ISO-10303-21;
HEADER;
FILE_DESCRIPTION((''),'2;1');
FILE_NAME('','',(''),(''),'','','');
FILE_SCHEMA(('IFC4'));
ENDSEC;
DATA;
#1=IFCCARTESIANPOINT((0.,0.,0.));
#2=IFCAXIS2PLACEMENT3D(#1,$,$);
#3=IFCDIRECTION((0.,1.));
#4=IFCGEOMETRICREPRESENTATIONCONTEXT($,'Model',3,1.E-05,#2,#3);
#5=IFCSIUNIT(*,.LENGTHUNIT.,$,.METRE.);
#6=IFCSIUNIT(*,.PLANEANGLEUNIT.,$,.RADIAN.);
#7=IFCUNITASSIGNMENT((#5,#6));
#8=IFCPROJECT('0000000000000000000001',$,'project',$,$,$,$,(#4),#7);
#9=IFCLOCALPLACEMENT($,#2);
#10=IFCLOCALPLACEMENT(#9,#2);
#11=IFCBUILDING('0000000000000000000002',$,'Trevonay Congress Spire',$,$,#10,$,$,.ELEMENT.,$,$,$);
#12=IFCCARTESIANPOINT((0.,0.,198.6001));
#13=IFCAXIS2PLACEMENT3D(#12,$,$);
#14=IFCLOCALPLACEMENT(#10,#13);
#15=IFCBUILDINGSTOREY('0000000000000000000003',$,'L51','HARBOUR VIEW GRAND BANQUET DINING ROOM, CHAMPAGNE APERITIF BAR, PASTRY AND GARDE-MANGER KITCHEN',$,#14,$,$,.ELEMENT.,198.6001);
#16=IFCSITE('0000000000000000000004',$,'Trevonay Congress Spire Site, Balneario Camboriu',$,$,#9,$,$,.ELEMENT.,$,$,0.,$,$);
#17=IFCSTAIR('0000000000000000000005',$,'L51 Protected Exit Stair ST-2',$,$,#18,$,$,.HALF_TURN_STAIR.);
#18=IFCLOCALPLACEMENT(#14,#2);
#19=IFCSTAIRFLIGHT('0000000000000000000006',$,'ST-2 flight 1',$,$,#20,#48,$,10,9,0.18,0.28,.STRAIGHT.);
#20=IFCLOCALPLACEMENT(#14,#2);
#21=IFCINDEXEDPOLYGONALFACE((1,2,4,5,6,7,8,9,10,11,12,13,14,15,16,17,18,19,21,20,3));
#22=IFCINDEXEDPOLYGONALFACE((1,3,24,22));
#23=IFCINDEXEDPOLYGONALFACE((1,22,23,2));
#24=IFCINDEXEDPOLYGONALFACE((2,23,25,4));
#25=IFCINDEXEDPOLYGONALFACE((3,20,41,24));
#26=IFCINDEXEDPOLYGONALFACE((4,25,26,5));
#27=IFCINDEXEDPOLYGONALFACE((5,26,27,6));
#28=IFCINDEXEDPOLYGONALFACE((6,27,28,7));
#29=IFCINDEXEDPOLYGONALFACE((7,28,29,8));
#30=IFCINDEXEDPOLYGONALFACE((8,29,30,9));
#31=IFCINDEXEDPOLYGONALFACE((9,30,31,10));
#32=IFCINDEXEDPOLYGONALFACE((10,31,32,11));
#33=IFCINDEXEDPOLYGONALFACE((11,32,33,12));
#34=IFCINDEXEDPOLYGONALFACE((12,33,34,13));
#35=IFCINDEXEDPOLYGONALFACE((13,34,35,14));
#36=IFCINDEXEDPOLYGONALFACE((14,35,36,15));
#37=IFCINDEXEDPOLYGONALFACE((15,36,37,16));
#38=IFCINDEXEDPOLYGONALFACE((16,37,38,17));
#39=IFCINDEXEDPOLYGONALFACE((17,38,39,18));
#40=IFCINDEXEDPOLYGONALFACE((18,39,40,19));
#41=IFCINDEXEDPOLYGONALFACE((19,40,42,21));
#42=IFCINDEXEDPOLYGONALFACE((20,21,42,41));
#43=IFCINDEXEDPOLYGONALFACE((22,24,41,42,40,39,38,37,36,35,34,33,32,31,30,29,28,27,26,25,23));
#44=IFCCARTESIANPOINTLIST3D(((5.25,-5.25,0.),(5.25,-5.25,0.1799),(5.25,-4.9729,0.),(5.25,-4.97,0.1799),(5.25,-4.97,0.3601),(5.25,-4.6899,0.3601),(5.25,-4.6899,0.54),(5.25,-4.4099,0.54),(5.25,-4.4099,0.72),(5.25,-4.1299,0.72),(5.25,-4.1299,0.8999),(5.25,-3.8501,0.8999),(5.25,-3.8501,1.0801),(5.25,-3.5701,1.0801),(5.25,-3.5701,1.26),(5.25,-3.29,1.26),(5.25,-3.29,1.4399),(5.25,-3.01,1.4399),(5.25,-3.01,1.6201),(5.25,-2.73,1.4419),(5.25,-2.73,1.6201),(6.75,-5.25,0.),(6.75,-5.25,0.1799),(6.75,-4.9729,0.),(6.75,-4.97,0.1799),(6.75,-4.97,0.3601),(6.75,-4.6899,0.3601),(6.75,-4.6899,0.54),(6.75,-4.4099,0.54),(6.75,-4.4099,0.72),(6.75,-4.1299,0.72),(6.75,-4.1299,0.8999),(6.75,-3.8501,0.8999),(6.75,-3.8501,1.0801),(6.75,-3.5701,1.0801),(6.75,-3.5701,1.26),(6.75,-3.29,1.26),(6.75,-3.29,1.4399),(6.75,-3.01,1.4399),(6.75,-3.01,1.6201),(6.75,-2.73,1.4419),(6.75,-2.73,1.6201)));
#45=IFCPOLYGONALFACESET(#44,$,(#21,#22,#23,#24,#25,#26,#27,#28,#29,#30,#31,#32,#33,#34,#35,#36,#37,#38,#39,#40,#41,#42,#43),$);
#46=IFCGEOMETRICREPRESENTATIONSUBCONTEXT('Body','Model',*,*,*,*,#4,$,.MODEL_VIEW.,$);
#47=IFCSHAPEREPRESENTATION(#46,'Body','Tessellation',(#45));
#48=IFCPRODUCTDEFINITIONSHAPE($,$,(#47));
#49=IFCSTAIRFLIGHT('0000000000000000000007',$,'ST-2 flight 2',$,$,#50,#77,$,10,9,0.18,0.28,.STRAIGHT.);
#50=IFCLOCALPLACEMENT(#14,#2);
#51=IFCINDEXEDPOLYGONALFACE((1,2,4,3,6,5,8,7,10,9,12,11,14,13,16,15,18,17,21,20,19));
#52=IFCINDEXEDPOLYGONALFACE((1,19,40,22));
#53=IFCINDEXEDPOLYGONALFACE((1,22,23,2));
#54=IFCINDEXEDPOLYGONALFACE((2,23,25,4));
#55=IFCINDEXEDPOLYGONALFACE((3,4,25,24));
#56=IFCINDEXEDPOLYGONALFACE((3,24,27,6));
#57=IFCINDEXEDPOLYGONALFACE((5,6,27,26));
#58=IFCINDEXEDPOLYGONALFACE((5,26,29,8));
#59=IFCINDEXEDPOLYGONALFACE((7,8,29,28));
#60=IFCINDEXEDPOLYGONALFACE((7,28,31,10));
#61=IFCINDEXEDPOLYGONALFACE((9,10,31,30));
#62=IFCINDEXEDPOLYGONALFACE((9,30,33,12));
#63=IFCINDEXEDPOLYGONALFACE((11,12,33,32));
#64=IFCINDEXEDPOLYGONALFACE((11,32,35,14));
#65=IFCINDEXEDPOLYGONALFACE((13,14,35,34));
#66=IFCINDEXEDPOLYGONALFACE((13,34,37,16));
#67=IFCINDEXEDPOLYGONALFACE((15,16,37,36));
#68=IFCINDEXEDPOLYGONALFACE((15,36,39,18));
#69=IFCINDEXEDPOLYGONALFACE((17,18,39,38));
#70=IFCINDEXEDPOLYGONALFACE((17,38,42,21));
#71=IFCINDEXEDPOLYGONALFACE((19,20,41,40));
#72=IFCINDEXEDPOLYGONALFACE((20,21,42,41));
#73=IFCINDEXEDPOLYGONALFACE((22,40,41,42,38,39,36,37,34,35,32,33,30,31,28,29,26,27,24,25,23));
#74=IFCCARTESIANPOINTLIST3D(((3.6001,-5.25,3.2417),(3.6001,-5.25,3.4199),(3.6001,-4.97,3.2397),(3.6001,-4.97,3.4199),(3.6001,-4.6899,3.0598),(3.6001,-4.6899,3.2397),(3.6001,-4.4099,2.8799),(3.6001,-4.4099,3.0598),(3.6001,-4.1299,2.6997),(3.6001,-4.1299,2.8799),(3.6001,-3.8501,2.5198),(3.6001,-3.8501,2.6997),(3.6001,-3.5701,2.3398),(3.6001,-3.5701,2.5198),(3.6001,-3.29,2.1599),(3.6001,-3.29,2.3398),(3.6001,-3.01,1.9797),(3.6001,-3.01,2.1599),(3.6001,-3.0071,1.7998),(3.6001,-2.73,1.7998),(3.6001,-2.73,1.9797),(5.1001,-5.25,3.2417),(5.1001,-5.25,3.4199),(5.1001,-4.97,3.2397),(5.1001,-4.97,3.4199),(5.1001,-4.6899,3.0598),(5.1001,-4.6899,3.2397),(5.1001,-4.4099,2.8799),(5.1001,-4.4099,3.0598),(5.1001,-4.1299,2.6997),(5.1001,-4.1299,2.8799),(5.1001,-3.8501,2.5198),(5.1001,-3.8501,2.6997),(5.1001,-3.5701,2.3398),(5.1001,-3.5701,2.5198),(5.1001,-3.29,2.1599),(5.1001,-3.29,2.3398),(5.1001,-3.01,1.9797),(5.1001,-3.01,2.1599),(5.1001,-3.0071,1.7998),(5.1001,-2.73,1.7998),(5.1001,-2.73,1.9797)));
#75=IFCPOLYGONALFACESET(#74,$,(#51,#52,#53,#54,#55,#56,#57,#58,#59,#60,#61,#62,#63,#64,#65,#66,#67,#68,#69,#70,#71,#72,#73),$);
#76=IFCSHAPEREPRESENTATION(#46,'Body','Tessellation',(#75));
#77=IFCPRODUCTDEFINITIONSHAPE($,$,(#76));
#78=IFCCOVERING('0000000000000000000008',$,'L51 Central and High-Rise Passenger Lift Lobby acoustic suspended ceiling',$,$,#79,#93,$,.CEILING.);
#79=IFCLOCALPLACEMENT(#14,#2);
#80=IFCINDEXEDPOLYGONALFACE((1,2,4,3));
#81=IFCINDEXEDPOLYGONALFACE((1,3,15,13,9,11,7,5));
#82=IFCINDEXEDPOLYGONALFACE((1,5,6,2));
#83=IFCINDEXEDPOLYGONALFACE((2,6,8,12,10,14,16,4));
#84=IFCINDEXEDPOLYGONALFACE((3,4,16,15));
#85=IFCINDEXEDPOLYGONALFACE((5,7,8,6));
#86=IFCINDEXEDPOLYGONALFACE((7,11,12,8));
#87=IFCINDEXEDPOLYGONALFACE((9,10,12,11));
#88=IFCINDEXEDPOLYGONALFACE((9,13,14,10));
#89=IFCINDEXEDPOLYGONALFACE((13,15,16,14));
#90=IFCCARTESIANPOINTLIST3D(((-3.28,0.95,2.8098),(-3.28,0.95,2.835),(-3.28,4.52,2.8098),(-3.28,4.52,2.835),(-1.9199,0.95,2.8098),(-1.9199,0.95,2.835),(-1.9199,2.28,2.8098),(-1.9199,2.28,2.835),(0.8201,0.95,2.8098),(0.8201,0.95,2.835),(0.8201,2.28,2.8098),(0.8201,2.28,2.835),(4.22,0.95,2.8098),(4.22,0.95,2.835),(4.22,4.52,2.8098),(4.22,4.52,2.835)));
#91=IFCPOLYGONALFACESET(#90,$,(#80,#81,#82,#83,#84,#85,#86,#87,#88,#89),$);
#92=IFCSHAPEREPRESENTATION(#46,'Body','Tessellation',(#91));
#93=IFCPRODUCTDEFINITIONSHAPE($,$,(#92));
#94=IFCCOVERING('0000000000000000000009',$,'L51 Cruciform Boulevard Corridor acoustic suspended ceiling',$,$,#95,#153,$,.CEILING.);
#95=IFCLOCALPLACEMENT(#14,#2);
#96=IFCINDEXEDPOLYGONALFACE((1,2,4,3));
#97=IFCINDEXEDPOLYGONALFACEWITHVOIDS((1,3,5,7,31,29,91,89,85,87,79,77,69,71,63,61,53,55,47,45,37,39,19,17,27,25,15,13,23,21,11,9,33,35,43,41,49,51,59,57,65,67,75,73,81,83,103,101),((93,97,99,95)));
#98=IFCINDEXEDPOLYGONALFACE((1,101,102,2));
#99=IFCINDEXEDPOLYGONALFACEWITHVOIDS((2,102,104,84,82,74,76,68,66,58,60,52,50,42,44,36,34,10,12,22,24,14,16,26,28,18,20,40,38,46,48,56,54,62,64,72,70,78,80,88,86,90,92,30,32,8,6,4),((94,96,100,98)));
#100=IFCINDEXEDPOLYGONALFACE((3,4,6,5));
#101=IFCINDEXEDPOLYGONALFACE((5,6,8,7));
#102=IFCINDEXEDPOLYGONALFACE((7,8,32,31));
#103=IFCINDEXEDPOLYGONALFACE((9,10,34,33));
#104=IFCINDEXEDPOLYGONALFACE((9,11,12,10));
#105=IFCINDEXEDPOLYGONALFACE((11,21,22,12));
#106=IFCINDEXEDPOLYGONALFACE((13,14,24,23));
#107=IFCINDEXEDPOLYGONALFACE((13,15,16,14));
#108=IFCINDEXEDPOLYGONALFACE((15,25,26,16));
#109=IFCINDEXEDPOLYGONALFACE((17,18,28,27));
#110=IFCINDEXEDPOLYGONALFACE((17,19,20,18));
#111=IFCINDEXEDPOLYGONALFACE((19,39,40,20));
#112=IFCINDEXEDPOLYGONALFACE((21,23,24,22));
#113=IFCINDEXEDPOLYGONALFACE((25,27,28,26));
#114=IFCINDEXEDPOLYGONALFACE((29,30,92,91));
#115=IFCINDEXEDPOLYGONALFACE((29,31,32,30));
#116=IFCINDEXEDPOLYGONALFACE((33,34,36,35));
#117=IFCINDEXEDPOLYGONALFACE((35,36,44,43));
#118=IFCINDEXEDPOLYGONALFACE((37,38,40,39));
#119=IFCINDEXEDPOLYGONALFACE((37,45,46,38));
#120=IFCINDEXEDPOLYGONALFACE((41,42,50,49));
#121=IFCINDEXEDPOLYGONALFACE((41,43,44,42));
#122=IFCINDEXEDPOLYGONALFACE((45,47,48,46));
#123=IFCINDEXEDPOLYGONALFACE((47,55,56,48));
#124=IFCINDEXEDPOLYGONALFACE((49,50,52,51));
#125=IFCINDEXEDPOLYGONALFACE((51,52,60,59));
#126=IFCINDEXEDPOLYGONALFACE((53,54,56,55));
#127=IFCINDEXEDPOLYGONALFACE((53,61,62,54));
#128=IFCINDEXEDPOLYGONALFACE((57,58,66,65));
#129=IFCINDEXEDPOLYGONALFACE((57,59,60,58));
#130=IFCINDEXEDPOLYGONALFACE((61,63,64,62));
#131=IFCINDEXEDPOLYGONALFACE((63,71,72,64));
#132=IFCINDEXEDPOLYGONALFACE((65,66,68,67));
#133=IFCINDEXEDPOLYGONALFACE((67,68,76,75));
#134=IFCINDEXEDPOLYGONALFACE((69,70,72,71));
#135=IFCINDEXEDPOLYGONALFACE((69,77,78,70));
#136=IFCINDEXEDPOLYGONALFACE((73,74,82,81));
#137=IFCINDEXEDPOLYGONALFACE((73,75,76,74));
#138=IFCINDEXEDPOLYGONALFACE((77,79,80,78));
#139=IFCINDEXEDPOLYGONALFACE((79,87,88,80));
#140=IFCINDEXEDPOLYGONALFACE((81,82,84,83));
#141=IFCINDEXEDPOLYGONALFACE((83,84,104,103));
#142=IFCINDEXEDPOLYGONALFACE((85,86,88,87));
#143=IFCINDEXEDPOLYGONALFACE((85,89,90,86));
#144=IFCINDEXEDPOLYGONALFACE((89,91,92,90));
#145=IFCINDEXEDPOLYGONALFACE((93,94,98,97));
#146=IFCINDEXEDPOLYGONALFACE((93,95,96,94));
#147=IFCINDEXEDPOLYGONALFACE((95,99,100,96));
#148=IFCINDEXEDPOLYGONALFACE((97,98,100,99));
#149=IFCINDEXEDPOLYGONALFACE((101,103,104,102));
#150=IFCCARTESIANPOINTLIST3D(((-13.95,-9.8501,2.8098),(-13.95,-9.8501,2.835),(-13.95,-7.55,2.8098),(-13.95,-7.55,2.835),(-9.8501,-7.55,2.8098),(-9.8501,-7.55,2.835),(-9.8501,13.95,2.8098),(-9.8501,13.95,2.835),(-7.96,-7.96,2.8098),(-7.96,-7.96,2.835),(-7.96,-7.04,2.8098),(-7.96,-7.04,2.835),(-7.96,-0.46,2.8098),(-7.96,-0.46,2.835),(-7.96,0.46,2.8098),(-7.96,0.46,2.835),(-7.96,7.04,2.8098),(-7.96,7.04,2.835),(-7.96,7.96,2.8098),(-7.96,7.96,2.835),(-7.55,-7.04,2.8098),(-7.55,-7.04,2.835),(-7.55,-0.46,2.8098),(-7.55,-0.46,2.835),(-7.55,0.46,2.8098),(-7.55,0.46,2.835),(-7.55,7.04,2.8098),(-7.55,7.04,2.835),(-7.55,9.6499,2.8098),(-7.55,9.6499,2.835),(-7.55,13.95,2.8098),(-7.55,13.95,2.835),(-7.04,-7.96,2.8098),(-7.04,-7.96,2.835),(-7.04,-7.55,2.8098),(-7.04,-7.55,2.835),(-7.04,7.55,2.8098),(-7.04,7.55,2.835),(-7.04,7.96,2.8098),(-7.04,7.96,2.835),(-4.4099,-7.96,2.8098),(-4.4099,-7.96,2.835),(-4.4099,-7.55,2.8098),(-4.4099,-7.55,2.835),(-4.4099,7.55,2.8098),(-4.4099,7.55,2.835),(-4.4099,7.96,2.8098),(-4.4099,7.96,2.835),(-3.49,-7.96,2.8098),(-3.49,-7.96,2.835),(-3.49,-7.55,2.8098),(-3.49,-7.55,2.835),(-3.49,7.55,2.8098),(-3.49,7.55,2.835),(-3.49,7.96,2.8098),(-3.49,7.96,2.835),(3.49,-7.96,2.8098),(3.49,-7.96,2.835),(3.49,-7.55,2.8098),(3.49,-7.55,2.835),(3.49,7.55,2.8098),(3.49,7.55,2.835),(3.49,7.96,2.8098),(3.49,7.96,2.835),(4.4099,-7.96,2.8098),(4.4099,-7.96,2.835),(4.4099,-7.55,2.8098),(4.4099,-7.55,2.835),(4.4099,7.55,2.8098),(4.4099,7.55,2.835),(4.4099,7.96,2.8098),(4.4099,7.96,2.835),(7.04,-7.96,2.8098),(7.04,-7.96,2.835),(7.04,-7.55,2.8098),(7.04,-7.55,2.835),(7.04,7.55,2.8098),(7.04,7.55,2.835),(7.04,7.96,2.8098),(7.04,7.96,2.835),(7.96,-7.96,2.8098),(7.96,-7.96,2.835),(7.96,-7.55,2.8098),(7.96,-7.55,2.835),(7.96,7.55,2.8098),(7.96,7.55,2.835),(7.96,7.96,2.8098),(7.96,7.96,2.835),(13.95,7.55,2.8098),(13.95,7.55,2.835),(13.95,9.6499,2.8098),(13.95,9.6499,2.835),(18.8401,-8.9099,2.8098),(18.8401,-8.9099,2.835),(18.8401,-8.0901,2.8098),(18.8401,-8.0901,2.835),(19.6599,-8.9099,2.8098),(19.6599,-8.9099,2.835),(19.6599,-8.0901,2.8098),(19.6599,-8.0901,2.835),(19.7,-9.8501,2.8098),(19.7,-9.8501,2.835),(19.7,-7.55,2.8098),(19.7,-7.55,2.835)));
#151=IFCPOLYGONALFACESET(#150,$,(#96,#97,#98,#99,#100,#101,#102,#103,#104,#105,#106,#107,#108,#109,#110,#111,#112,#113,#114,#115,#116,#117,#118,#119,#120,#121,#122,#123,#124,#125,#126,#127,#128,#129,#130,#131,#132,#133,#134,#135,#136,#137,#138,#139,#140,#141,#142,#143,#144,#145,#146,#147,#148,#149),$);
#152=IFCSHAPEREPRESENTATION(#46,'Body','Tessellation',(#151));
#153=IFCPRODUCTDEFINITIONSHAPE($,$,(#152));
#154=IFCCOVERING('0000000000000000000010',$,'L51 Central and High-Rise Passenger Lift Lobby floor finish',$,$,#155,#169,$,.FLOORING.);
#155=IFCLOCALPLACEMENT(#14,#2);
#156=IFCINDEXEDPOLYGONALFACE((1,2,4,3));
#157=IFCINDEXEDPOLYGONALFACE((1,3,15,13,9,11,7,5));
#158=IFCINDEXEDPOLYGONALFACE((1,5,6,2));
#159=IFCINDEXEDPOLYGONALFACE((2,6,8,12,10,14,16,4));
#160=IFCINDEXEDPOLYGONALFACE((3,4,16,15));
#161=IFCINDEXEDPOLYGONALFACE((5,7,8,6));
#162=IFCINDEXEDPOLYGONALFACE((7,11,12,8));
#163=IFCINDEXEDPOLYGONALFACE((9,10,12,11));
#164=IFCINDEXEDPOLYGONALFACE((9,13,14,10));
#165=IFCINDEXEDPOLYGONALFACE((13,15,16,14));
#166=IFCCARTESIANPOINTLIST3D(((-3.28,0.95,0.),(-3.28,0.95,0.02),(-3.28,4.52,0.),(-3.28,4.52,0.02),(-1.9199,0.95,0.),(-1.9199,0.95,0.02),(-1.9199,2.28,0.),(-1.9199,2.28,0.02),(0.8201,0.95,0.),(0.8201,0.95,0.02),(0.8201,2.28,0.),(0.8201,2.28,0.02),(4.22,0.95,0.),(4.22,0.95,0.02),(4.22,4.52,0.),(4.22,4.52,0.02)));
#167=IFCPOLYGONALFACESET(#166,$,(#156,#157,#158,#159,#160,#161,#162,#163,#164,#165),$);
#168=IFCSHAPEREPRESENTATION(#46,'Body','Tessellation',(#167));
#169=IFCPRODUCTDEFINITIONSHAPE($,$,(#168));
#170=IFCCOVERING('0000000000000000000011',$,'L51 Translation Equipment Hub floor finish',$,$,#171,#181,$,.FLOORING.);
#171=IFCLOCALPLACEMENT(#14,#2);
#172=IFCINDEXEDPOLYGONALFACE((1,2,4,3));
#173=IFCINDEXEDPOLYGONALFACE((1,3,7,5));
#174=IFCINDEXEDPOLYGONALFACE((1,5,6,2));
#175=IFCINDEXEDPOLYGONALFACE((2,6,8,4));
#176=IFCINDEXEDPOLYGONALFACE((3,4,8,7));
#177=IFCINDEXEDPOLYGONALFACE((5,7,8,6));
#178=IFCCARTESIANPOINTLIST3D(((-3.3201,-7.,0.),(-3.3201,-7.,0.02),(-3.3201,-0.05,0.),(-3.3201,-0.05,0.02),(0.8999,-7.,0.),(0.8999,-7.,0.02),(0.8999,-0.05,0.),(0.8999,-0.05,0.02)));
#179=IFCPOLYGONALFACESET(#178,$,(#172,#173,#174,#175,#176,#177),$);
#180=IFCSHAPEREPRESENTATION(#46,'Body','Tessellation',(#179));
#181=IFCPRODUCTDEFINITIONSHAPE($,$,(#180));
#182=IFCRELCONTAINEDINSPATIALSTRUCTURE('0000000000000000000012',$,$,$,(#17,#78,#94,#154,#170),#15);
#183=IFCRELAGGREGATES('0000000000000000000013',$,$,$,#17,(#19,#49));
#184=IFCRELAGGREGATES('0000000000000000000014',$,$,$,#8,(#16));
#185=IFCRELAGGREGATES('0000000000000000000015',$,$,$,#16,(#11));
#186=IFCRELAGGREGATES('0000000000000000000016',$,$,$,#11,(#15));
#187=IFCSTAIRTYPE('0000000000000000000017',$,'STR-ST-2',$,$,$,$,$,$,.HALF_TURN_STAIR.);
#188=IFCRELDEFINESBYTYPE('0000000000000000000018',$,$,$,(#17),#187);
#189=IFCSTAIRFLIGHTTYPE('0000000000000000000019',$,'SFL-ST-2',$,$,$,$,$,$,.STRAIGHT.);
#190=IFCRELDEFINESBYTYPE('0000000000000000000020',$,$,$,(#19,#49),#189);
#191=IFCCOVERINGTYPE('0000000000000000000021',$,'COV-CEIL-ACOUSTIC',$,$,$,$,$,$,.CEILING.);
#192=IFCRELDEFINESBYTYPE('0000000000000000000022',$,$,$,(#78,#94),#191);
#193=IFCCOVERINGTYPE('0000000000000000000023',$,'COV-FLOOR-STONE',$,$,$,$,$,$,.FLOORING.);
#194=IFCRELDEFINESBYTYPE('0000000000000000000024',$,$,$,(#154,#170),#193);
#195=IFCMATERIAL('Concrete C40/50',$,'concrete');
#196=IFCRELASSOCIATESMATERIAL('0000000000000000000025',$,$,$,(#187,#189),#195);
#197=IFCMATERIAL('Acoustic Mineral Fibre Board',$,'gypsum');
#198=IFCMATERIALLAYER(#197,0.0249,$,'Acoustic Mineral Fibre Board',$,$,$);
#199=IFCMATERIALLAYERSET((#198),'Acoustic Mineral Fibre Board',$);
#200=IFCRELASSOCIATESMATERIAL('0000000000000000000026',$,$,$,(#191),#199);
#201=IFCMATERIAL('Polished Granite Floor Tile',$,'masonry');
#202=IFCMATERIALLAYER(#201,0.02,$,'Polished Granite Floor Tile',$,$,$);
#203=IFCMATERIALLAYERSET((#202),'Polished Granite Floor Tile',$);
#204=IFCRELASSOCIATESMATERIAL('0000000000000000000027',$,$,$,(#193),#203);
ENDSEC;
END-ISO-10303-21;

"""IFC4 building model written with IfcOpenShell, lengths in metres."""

from ifc_helpers import new_model, si_unit, direction, frame, origin, place, context, subcontext, project, spatial, polyline, outline, extrude, material, layer, layer_set, type_object, element, aggregate, save


model = new_model("IFC4")

# Units and contexts
model_context = context("Model", 3, precision=1e-05, world=origin(), true_north=direction((0.0, 1.0)))
body_context = subcontext(model_context, "Body", "Model", "MODEL_VIEW")
ifc_project = project(units=[si_unit("LENGTHUNIT", "METRE"), si_unit("PLANEANGLEUNIT", "RADIAN")], contexts=[model_context])

# Site, building, storey
site_placement = place(None, origin())
site = spatial("IfcSite", under=ifc_project, at=site_placement, Name="Trevonay Congress Spire Site, Balneario Camboriu", CompositionType="ELEMENT", RefElevation=0.0)
building_placement = place(site_placement, origin())
building = spatial("IfcBuilding", under=site, at=building_placement, Name="Trevonay Congress Spire", CompositionType="ELEMENT")
storey_placement = place(building_placement, frame((0.0, 0.0, 198.6001)))
storey = spatial("IfcBuildingStorey", under=building, at=storey_placement, Name="L51", Description="HARBOUR VIEW GRAND BANQUET DINING ROOM, CHAMPAGNE APERITIF BAR, PASTRY AND GARDE-MANGER KITCHEN", CompositionType="ELEMENT", Elevation=198.6001)

# Shared definitions
ifc_material_1 = material(Name="Concrete C40/50", Category="concrete")

# Stair, stair flights
stair_type = type_object("IfcStairType", Name="STR-ST-2", PredefinedType="HALF_TURN_STAIR", material=ifc_material_1)
stair_placement = place(storey_placement, origin())
stair = element("IfcStair", 1, at=stair_placement, inside=storey, type_object=stair_type, Name="L51 Protected Exit Stair ST-2", PredefinedType="HALF_TURN_STAIR")
stair_flight_type = type_object("IfcStairFlightType", Name="SFL-ST-2", PredefinedType="STRAIGHT", material=ifc_material_1)
stair_flight_1_placement = place(storey_placement, frame((6.0, -5.25, 0.0), z_axis=(0.0, 0.0, 1.0), x_axis=(0.0, 1.0, 0.0)))
stair_flight_1 = element("IfcStairFlight", 2, at=stair_flight_1_placement, type_object=stair_flight_type, Name="ST-2 flight 1", NumberOfRisers=10, NumberOfTreads=9, PredefinedType="STRAIGHT", RiserHeight=0.18, TreadLength=0.28, context=body_context, shape_type="SweptSolid", body=[
    extrude(outline(polyline([(0.0, 0.0), (0.0, 0.1799), (0.28, 0.1799), (0.28, 0.3601), (0.5601, 0.3601), (0.5601, 0.54), (0.8401, 0.54), (0.8401, 0.72), (1.1201, 0.72), (1.1201, 0.8999), (1.3999, 0.8999), (1.3999, 1.0801), (1.6799, 1.0801), (1.6799, 1.26), (1.96, 1.26), (1.96, 1.4399), (2.24, 1.4399), (2.24, 1.6201), (2.52, 1.6201), (2.52, 1.8), (2.52, 1.4419), (0.2771, 0.0), (0.0, 0.0)])), frame((0.0, 0.75, 0.0), z_axis=(0.0, -1.0, 0.0), x_axis=(1.0, 0.0, 0.0)), (0.0, 0.0, 1.0), 1.5),
])
stair_flight_2_placement = place(storey_placement, frame((4.3501, -2.73, 1.7998), z_axis=(0.0, 0.0, 1.0), x_axis=(0.0, -1.0, 0.0)))
stair_flight_2 = element("IfcStairFlight", 3, at=stair_flight_2_placement, type_object=stair_flight_type, Name="ST-2 flight 2", NumberOfRisers=10, NumberOfTreads=9, PredefinedType="STRAIGHT", RiserHeight=0.18, TreadLength=0.28, context=body_context, shape_type="SweptSolid", body=[
    extrude(outline(polyline([(0.0, 0.0), (0.0, 0.1799), (0.28, 0.1799), (0.28, 0.3601), (0.5601, 0.3601), (0.5601, 0.54), (0.8401, 0.54), (0.8401, 0.72), (1.1201, 0.72), (1.1201, 0.8999), (1.3999, 0.8999), (1.3999, 1.0801), (1.6799, 1.0801), (1.6799, 1.26), (1.96, 1.26), (1.96, 1.4399), (2.24, 1.4399), (2.24, 1.6201), (2.52, 1.6201), (2.52, 1.8), (2.52, 1.4419), (0.2771, 0.0), (0.0, 0.0)])), frame((0.0, 0.75, 0.0), z_axis=(0.0, -1.0, 0.0), x_axis=(1.0, 0.0, 0.0)), (0.0, 0.0, 1.0), 1.5),
])
aggregate(stair, [stair_flight_1, stair_flight_2])

# Coverings
ifc_material_2 = material(Name="Acoustic Mineral Fibre Board", Category="gypsum")
ifc_layer_1 = layer(ifc_material_2, 0.0249, Name="Acoustic Mineral Fibre Board")
ifc_layer_set_1 = layer_set([ifc_layer_1], Name="Acoustic Mineral Fibre Board")
covering_type_1 = type_object("IfcCoveringType", Name="COV-CEIL-ACOUSTIC", PredefinedType="CEILING", material=ifc_layer_set_1)
covering_1_placement = place(storey_placement, frame((0.0, 0.0, 2.8098)))
element("IfcCovering", 4, at=covering_1_placement, inside=storey, type_object=covering_type_1, Name="L51 Central and High-Rise Passenger Lift Lobby acoustic suspended ceiling", PredefinedType="CEILING", context=body_context, shape_type="SweptSolid", body=[
    extrude(outline(polyline([(-3.28, 0.95), (-1.9199, 0.95), (-1.9199, 2.28), (0.8201, 2.28), (0.8201, 0.95), (4.22, 0.95), (4.22, 4.52), (-3.28, 4.52), (-3.28, 0.95)])), origin(), (0.0, 0.0, 1.0), 0.0251),
])
covering_2_placement = place(storey_placement, frame((0.0, 0.0, 2.8098)))
element("IfcCovering", 5, at=covering_2_placement, inside=storey, type_object=covering_type_1, Name="L51 Cruciform Boulevard Corridor acoustic suspended ceiling", PredefinedType="CEILING", context=body_context, shape_type="SweptSolid", body=[
    extrude(outline(polyline([(19.7, -7.55), (19.7, -9.8501), (-13.95, -9.8501), (-13.95, -7.55), (-9.8501, -7.55), (-9.8501, 13.95), (-7.55, 13.95), (-7.55, 9.6499), (13.95, 9.6499), (13.95, 7.55), (7.96, 7.55), (7.96, 7.96), (7.04, 7.96), (7.04, 7.55), (4.4099, 7.55), (4.4099, 7.96), (3.49, 7.96), (3.49, 7.55), (-3.49, 7.55), (-3.49, 7.96), (-4.4099, 7.96), (-4.4099, 7.55), (-7.04, 7.55), (-7.04, 7.96), (-7.96, 7.96), (-7.96, 7.04), (-7.55, 7.04), (-7.55, 0.46), (-7.96, 0.46), (-7.96, -0.46), (-7.55, -0.46), (-7.55, -7.04), (-7.96, -7.04), (-7.96, -7.96), (-7.04, -7.96), (-7.04, -7.55), (-4.4099, -7.55), (-4.4099, -7.96), (-3.49, -7.96), (-3.49, -7.55), (3.49, -7.55), (3.49, -7.96), (4.4099, -7.96), (4.4099, -7.55), (7.04, -7.55), (7.04, -7.96), (7.96, -7.96), (7.96, -7.55), (19.7, -7.55)]), holes=[polyline([(19.6599, -8.0901), (18.8401, -8.0901), (18.8401, -8.9099), (19.6599, -8.9099), (19.6599, -8.0901)])]), origin(), (0.0, 0.0, 1.0), 0.0251),
])
ifc_material_3 = material(Name="Polished Granite Floor Tile", Category="masonry")
ifc_layer_2 = layer(ifc_material_3, 0.02, Name="Polished Granite Floor Tile")
ifc_layer_set_2 = layer_set([ifc_layer_2], Name="Polished Granite Floor Tile")
covering_type_2 = type_object("IfcCoveringType", Name="COV-FLOOR-STONE", PredefinedType="FLOORING", material=ifc_layer_set_2)
covering_3_placement = place(storey_placement, origin())
element("IfcCovering", 6, at=covering_3_placement, inside=storey, type_object=covering_type_2, Name="L51 Central and High-Rise Passenger Lift Lobby floor finish", PredefinedType="FLOORING", context=body_context, shape_type="SweptSolid", body=[
    extrude(outline(polyline([(-3.28, 0.95), (-1.9199, 0.95), (-1.9199, 2.28), (0.8201, 2.28), (0.8201, 0.95), (4.22, 0.95), (4.22, 4.52), (-3.28, 4.52), (-3.28, 0.95)])), origin(), (0.0, 0.0, 1.0), 0.02),
])
covering_4_placement = place(storey_placement, origin())
element("IfcCovering", 7, at=covering_4_placement, inside=storey, type_object=covering_type_2, Name="L51 Translation Equipment Hub floor finish", PredefinedType="FLOORING", context=body_context, shape_type="SweptSolid", body=[
    extrude(outline(polyline([(-3.3201, -7.0), (0.8999, -7.0), (0.8999, -0.05), (-3.3201, -0.05), (-3.3201, -7.0)])), origin(), (0.0, 0.0, 1.0), 0.02),
])

save(model, "model.ifc")
